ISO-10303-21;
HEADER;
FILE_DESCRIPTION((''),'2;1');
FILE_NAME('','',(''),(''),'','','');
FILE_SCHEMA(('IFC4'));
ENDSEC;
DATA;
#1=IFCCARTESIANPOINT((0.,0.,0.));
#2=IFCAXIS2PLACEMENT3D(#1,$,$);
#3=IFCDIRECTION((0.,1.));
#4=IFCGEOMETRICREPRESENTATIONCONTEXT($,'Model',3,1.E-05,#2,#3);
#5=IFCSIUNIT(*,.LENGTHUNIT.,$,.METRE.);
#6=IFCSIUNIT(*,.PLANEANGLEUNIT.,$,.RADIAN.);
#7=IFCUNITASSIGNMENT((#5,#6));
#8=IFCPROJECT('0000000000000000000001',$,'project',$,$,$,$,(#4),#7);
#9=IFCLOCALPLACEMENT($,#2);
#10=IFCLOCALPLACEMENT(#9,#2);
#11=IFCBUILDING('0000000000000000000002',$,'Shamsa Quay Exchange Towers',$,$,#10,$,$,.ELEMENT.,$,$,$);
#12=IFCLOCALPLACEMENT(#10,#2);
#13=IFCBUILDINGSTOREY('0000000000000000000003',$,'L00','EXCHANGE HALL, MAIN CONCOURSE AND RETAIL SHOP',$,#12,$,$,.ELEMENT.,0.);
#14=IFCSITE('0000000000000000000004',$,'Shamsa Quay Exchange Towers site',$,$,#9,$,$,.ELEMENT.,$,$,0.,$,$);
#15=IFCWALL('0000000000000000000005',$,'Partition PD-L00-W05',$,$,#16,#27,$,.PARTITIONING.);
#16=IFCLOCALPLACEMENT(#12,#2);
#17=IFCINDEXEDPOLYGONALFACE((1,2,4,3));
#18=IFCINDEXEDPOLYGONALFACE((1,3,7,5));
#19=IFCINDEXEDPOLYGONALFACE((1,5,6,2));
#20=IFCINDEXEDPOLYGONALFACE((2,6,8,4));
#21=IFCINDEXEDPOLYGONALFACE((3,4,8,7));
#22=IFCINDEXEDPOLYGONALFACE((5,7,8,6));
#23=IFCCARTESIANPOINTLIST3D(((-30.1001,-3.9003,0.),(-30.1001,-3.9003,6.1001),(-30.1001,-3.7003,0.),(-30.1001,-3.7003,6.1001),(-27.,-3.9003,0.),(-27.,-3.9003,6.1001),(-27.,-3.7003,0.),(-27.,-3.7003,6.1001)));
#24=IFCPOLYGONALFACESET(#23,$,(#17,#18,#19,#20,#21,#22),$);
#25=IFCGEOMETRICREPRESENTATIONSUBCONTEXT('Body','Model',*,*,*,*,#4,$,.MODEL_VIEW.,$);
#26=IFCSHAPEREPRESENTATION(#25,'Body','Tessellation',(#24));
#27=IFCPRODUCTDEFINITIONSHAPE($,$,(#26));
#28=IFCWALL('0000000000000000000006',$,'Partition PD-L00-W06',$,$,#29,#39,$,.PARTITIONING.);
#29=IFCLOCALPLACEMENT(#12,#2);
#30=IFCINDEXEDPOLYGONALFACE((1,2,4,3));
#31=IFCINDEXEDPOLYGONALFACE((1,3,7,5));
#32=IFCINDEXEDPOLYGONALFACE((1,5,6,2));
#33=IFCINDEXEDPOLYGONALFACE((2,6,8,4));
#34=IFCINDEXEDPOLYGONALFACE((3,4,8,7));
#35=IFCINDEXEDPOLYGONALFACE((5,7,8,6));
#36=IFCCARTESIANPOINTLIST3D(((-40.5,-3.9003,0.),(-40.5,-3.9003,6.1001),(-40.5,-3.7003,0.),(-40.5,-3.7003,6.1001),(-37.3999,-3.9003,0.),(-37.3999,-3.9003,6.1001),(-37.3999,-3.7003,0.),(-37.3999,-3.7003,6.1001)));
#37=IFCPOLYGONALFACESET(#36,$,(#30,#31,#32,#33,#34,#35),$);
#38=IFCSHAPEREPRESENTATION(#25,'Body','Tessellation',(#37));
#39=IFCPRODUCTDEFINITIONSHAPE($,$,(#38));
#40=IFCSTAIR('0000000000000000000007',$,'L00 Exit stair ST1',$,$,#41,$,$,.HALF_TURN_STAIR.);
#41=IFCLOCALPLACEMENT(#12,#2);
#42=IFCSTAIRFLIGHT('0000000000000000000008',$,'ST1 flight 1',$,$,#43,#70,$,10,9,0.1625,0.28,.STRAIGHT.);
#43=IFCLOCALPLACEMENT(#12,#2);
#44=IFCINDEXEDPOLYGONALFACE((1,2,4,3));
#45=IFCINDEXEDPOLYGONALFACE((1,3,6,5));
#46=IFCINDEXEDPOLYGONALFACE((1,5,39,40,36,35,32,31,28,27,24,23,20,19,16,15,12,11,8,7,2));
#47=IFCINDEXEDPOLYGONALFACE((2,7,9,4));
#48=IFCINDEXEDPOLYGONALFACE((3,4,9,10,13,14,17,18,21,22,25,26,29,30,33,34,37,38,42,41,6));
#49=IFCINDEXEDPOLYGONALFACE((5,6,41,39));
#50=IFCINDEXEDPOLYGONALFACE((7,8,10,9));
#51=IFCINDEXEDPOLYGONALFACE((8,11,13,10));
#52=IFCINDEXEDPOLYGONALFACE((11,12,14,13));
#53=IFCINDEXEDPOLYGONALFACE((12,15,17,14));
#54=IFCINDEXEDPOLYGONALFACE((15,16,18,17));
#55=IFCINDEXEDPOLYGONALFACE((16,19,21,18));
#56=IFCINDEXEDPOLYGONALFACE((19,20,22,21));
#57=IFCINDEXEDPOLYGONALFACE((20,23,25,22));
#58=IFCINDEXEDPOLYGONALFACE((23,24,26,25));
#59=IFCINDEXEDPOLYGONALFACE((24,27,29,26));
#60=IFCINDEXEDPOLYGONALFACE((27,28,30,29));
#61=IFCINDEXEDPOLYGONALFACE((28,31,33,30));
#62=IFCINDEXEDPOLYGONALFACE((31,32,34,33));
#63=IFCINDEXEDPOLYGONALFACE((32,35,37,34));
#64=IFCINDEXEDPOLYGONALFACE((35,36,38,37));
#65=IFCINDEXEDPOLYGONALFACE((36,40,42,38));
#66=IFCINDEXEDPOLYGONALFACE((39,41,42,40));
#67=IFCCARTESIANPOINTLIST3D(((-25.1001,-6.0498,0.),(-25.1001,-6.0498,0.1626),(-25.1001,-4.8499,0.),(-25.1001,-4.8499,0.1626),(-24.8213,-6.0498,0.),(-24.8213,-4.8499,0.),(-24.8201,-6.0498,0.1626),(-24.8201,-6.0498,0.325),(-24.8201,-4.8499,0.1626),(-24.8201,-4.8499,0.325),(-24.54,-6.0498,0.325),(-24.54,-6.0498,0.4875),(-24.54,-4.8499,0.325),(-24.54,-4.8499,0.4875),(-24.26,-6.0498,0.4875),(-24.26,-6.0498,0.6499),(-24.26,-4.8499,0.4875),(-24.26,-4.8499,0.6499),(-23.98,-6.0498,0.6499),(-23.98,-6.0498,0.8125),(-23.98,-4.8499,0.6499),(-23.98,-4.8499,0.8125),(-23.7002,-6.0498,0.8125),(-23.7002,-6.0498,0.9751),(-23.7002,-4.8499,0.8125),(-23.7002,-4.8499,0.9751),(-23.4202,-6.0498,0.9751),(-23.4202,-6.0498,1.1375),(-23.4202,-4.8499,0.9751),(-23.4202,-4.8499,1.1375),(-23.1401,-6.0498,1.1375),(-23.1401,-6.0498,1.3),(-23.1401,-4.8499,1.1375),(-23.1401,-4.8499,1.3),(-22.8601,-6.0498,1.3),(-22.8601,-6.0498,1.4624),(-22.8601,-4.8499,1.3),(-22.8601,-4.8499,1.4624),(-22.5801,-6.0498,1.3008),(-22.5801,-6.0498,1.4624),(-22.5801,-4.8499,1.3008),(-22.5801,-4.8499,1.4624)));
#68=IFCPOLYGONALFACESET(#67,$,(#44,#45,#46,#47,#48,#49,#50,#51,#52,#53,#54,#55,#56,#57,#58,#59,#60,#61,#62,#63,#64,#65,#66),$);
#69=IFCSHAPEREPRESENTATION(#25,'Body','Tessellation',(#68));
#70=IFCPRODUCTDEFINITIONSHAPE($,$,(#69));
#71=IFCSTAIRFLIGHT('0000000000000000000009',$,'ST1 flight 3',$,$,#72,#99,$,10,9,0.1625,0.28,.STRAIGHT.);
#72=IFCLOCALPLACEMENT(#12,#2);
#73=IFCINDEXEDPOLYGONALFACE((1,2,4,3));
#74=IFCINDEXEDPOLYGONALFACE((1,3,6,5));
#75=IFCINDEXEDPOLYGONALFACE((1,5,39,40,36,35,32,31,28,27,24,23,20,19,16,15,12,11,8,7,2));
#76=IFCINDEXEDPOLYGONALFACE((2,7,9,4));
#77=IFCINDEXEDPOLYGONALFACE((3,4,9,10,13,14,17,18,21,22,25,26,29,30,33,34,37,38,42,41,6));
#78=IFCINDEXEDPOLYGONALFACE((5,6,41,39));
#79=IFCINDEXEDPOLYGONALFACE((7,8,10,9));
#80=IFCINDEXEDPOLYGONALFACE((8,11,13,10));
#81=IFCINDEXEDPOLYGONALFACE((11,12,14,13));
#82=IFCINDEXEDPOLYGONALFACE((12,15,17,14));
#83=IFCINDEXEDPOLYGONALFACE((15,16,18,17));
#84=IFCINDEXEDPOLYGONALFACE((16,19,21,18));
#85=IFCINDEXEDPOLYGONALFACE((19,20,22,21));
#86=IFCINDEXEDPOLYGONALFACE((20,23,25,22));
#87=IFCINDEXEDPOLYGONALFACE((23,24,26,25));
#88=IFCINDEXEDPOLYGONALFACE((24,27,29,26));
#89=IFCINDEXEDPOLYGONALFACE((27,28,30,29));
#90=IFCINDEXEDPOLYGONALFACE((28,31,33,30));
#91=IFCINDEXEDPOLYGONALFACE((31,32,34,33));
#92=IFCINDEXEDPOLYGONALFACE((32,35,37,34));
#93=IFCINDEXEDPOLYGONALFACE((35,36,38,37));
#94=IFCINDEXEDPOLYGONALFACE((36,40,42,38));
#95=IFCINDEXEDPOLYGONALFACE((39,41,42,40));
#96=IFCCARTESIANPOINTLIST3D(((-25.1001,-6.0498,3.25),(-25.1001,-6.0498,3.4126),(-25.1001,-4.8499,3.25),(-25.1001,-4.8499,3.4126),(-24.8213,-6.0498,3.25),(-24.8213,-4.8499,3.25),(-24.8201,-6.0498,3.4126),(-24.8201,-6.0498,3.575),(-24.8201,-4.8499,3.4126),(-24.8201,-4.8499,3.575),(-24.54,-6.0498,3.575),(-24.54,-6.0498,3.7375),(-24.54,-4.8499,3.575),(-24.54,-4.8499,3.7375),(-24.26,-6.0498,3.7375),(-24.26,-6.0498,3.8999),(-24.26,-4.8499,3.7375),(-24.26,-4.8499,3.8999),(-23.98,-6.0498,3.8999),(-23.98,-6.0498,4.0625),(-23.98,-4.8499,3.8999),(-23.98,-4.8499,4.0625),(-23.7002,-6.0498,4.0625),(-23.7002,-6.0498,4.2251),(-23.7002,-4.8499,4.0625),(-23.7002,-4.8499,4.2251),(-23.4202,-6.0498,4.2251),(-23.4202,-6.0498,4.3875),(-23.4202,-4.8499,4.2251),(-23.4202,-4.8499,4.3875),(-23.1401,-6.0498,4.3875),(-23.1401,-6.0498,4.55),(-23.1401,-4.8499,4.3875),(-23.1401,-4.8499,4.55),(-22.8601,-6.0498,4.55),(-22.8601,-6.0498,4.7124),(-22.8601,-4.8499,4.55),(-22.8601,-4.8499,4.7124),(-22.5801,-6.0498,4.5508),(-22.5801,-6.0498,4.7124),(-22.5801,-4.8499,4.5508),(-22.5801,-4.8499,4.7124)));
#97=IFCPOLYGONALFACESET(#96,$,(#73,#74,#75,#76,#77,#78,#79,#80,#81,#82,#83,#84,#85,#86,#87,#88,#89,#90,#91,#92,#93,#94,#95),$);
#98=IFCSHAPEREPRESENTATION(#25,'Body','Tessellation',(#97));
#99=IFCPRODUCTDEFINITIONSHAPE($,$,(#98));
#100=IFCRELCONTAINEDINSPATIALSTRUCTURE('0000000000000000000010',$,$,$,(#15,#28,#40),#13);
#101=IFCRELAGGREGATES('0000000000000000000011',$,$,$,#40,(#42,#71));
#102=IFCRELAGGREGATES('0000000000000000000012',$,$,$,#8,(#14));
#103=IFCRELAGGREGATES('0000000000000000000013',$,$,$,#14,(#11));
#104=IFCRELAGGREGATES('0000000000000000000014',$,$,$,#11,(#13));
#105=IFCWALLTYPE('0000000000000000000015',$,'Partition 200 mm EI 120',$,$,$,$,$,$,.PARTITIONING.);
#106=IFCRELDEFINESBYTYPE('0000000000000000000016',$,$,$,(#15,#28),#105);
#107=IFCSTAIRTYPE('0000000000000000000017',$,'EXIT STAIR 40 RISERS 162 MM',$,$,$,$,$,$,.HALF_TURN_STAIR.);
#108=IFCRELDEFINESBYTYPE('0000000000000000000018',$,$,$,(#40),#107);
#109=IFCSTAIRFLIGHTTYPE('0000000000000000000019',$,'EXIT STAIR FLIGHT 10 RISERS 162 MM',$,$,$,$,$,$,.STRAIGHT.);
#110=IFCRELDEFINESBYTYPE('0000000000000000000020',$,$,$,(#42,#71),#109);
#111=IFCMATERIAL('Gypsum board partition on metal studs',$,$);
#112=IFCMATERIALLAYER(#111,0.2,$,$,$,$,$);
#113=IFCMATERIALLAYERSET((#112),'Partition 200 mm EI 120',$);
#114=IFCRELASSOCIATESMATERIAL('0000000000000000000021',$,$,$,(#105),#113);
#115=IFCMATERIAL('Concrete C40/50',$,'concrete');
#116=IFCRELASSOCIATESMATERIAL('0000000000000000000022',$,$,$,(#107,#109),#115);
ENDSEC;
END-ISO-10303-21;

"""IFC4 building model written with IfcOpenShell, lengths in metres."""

from ifc_helpers import new_model, si_unit, direction, frame, frame_2d, origin, place, context, subcontext, project, spatial, polyline, rectangle, outline, extrude, material, layer, layer_set, type_object, element, aggregate, save


model = new_model("IFC4")

# Units and contexts
model_context = context("Model", 3, precision=1e-05, world=origin(), true_north=direction((0.0, 1.0)))
body_context = subcontext(model_context, "Body", "Model", "MODEL_VIEW")
ifc_project = project(units=[si_unit("LENGTHUNIT", "METRE"), si_unit("PLANEANGLEUNIT", "RADIAN")], contexts=[model_context])

# Site, building, storey
site_placement = place(None, origin())
site = spatial("IfcSite", under=ifc_project, at=site_placement, Name="Shamsa Quay Exchange Towers site", CompositionType="ELEMENT", RefElevation=0.0)
building_placement = place(site_placement, origin())
building = spatial("IfcBuilding", under=site, at=building_placement, Name="Shamsa Quay Exchange Towers", CompositionType="ELEMENT")
storey_placement = place(building_placement, origin())
storey = spatial("IfcBuildingStorey", under=building, at=storey_placement, Name="L00", Description="EXCHANGE HALL, MAIN CONCOURSE AND RETAIL SHOP", CompositionType="ELEMENT", Elevation=0.0)

# Shared definitions
ifc_material_1 = material(Name="Concrete C40/50", Category="concrete")

# Walls
ifc_material_2 = material(Name="Gypsum board partition on metal studs")
ifc_layer_1 = layer(ifc_material_2, 0.2)
ifc_layer_set_1 = layer_set([ifc_layer_1], Name="Partition 200 mm EI 120")
wall_type_1 = type_object("IfcWallType", Name="Partition 200 mm EI 120", PredefinedType="PARTITIONING", material=ifc_layer_set_1)
for number, where, z_axis, x_axis, name in (
    (1, (-27.0, -3.8003, 0.0), (0.0, 0.0, 1.0), (-1.0, 0.0, 0.0), "Partition PD-L00-W05"),
    (2, (-37.3999, -3.8003, 0.0), (0.0, 0.0, 1.0), (-1.0, 0.0, 0.0), "Partition PD-L00-W06"),
):
    element("IfcWall", number, at=place(storey_placement, frame(where, z_axis=z_axis, x_axis=x_axis)), inside=storey, type_object=wall_type_1, Name=name, PredefinedType="PARTITIONING", context=body_context, shape_type="SweptSolid", body=[
        extrude(rectangle(XDim=3.1001, YDim=0.2, at=frame_2d((1.55, 0.0))), origin(), (0.0, 0.0, 1.0), 6.1001),
    ])

# Stair, stair flights
stair_type = type_object("IfcStairType", Name="EXIT STAIR 40 RISERS 162 MM", PredefinedType="HALF_TURN_STAIR", material=ifc_material_1)
stair_placement = place(storey_placement, origin())
stair = element("IfcStair", 3, at=stair_placement, inside=storey, type_object=stair_type, Name="L00 Exit stair ST1", PredefinedType="HALF_TURN_STAIR")
stair_flight_type = type_object("IfcStairFlightType", Name="EXIT STAIR FLIGHT 10 RISERS 162 MM", PredefinedType="STRAIGHT", material=ifc_material_1)
stair_flight_1_placement = place(storey_placement, frame((-25.1001, -5.45, 0.0)))
stair_flight_1 = element("IfcStairFlight", 4, at=stair_flight_1_placement, type_object=stair_flight_type, Name="ST1 flight 1", NumberOfRisers=10, NumberOfTreads=9, PredefinedType="STRAIGHT", RiserHeight=0.1625, TreadLength=0.28, context=body_context, shape_type="SweptSolid", body=[
    extrude(outline(polyline([(0.0, 0.0), (0.0, 0.1626), (0.28, 0.1626), (0.28, 0.325), (0.5601, 0.325), (0.5601, 0.4875), (0.8401, 0.4875), (0.8401, 0.6499), (1.1201, 0.6499), (1.1201, 0.8125), (1.3999, 0.8125), (1.3999, 0.9751), (1.6799, 0.9751), (1.6799, 1.1375), (1.96, 1.1375), (1.96, 1.3), (2.24, 1.3), (2.24, 1.4624), (2.52, 1.4624), (2.52, 1.625), (2.52, 1.3008), (0.2788, 0.0), (0.0, 0.0)])), frame((0.0, 0.6001, 0.0), z_axis=(0.0, -1.0, 0.0), x_axis=(1.0, 0.0, 0.0)), (0.0, 0.0, 1.0), 1.2),
])
stair_flight_2_placement = place(storey_placement, frame((-25.1001, -5.45, 3.25)))
stair_flight_2 = element("IfcStairFlight", 5, at=stair_flight_2_placement, type_object=stair_flight_type, Name="ST1 flight 3", NumberOfRisers=10, NumberOfTreads=9, PredefinedType="STRAIGHT", RiserHeight=0.1625, TreadLength=0.28, context=body_context, shape_type="SweptSolid", body=[
    extrude(outline(polyline([(0.0, 0.0), (0.0, 0.1626), (0.28, 0.1626), (0.28, 0.325), (0.5601, 0.325), (0.5601, 0.4875), (0.8401, 0.4875), (0.8401, 0.6499), (1.1201, 0.6499), (1.1201, 0.8125), (1.3999, 0.8125), (1.3999, 0.9751), (1.6799, 0.9751), (1.6799, 1.1375), (1.96, 1.1375), (1.96, 1.3), (2.24, 1.3), (2.24, 1.4624), (2.52, 1.4624), (2.52, 1.625), (2.52, 1.3008), (0.2788, 0.0), (0.0, 0.0)])), frame((0.0, 0.6001, 0.0), z_axis=(0.0, -1.0, 0.0), x_axis=(1.0, 0.0, 0.0)), (0.0, 0.0, 1.0), 1.2),
])
aggregate(stair, [stair_flight_1, stair_flight_2])

save(model, "model.ifc")
